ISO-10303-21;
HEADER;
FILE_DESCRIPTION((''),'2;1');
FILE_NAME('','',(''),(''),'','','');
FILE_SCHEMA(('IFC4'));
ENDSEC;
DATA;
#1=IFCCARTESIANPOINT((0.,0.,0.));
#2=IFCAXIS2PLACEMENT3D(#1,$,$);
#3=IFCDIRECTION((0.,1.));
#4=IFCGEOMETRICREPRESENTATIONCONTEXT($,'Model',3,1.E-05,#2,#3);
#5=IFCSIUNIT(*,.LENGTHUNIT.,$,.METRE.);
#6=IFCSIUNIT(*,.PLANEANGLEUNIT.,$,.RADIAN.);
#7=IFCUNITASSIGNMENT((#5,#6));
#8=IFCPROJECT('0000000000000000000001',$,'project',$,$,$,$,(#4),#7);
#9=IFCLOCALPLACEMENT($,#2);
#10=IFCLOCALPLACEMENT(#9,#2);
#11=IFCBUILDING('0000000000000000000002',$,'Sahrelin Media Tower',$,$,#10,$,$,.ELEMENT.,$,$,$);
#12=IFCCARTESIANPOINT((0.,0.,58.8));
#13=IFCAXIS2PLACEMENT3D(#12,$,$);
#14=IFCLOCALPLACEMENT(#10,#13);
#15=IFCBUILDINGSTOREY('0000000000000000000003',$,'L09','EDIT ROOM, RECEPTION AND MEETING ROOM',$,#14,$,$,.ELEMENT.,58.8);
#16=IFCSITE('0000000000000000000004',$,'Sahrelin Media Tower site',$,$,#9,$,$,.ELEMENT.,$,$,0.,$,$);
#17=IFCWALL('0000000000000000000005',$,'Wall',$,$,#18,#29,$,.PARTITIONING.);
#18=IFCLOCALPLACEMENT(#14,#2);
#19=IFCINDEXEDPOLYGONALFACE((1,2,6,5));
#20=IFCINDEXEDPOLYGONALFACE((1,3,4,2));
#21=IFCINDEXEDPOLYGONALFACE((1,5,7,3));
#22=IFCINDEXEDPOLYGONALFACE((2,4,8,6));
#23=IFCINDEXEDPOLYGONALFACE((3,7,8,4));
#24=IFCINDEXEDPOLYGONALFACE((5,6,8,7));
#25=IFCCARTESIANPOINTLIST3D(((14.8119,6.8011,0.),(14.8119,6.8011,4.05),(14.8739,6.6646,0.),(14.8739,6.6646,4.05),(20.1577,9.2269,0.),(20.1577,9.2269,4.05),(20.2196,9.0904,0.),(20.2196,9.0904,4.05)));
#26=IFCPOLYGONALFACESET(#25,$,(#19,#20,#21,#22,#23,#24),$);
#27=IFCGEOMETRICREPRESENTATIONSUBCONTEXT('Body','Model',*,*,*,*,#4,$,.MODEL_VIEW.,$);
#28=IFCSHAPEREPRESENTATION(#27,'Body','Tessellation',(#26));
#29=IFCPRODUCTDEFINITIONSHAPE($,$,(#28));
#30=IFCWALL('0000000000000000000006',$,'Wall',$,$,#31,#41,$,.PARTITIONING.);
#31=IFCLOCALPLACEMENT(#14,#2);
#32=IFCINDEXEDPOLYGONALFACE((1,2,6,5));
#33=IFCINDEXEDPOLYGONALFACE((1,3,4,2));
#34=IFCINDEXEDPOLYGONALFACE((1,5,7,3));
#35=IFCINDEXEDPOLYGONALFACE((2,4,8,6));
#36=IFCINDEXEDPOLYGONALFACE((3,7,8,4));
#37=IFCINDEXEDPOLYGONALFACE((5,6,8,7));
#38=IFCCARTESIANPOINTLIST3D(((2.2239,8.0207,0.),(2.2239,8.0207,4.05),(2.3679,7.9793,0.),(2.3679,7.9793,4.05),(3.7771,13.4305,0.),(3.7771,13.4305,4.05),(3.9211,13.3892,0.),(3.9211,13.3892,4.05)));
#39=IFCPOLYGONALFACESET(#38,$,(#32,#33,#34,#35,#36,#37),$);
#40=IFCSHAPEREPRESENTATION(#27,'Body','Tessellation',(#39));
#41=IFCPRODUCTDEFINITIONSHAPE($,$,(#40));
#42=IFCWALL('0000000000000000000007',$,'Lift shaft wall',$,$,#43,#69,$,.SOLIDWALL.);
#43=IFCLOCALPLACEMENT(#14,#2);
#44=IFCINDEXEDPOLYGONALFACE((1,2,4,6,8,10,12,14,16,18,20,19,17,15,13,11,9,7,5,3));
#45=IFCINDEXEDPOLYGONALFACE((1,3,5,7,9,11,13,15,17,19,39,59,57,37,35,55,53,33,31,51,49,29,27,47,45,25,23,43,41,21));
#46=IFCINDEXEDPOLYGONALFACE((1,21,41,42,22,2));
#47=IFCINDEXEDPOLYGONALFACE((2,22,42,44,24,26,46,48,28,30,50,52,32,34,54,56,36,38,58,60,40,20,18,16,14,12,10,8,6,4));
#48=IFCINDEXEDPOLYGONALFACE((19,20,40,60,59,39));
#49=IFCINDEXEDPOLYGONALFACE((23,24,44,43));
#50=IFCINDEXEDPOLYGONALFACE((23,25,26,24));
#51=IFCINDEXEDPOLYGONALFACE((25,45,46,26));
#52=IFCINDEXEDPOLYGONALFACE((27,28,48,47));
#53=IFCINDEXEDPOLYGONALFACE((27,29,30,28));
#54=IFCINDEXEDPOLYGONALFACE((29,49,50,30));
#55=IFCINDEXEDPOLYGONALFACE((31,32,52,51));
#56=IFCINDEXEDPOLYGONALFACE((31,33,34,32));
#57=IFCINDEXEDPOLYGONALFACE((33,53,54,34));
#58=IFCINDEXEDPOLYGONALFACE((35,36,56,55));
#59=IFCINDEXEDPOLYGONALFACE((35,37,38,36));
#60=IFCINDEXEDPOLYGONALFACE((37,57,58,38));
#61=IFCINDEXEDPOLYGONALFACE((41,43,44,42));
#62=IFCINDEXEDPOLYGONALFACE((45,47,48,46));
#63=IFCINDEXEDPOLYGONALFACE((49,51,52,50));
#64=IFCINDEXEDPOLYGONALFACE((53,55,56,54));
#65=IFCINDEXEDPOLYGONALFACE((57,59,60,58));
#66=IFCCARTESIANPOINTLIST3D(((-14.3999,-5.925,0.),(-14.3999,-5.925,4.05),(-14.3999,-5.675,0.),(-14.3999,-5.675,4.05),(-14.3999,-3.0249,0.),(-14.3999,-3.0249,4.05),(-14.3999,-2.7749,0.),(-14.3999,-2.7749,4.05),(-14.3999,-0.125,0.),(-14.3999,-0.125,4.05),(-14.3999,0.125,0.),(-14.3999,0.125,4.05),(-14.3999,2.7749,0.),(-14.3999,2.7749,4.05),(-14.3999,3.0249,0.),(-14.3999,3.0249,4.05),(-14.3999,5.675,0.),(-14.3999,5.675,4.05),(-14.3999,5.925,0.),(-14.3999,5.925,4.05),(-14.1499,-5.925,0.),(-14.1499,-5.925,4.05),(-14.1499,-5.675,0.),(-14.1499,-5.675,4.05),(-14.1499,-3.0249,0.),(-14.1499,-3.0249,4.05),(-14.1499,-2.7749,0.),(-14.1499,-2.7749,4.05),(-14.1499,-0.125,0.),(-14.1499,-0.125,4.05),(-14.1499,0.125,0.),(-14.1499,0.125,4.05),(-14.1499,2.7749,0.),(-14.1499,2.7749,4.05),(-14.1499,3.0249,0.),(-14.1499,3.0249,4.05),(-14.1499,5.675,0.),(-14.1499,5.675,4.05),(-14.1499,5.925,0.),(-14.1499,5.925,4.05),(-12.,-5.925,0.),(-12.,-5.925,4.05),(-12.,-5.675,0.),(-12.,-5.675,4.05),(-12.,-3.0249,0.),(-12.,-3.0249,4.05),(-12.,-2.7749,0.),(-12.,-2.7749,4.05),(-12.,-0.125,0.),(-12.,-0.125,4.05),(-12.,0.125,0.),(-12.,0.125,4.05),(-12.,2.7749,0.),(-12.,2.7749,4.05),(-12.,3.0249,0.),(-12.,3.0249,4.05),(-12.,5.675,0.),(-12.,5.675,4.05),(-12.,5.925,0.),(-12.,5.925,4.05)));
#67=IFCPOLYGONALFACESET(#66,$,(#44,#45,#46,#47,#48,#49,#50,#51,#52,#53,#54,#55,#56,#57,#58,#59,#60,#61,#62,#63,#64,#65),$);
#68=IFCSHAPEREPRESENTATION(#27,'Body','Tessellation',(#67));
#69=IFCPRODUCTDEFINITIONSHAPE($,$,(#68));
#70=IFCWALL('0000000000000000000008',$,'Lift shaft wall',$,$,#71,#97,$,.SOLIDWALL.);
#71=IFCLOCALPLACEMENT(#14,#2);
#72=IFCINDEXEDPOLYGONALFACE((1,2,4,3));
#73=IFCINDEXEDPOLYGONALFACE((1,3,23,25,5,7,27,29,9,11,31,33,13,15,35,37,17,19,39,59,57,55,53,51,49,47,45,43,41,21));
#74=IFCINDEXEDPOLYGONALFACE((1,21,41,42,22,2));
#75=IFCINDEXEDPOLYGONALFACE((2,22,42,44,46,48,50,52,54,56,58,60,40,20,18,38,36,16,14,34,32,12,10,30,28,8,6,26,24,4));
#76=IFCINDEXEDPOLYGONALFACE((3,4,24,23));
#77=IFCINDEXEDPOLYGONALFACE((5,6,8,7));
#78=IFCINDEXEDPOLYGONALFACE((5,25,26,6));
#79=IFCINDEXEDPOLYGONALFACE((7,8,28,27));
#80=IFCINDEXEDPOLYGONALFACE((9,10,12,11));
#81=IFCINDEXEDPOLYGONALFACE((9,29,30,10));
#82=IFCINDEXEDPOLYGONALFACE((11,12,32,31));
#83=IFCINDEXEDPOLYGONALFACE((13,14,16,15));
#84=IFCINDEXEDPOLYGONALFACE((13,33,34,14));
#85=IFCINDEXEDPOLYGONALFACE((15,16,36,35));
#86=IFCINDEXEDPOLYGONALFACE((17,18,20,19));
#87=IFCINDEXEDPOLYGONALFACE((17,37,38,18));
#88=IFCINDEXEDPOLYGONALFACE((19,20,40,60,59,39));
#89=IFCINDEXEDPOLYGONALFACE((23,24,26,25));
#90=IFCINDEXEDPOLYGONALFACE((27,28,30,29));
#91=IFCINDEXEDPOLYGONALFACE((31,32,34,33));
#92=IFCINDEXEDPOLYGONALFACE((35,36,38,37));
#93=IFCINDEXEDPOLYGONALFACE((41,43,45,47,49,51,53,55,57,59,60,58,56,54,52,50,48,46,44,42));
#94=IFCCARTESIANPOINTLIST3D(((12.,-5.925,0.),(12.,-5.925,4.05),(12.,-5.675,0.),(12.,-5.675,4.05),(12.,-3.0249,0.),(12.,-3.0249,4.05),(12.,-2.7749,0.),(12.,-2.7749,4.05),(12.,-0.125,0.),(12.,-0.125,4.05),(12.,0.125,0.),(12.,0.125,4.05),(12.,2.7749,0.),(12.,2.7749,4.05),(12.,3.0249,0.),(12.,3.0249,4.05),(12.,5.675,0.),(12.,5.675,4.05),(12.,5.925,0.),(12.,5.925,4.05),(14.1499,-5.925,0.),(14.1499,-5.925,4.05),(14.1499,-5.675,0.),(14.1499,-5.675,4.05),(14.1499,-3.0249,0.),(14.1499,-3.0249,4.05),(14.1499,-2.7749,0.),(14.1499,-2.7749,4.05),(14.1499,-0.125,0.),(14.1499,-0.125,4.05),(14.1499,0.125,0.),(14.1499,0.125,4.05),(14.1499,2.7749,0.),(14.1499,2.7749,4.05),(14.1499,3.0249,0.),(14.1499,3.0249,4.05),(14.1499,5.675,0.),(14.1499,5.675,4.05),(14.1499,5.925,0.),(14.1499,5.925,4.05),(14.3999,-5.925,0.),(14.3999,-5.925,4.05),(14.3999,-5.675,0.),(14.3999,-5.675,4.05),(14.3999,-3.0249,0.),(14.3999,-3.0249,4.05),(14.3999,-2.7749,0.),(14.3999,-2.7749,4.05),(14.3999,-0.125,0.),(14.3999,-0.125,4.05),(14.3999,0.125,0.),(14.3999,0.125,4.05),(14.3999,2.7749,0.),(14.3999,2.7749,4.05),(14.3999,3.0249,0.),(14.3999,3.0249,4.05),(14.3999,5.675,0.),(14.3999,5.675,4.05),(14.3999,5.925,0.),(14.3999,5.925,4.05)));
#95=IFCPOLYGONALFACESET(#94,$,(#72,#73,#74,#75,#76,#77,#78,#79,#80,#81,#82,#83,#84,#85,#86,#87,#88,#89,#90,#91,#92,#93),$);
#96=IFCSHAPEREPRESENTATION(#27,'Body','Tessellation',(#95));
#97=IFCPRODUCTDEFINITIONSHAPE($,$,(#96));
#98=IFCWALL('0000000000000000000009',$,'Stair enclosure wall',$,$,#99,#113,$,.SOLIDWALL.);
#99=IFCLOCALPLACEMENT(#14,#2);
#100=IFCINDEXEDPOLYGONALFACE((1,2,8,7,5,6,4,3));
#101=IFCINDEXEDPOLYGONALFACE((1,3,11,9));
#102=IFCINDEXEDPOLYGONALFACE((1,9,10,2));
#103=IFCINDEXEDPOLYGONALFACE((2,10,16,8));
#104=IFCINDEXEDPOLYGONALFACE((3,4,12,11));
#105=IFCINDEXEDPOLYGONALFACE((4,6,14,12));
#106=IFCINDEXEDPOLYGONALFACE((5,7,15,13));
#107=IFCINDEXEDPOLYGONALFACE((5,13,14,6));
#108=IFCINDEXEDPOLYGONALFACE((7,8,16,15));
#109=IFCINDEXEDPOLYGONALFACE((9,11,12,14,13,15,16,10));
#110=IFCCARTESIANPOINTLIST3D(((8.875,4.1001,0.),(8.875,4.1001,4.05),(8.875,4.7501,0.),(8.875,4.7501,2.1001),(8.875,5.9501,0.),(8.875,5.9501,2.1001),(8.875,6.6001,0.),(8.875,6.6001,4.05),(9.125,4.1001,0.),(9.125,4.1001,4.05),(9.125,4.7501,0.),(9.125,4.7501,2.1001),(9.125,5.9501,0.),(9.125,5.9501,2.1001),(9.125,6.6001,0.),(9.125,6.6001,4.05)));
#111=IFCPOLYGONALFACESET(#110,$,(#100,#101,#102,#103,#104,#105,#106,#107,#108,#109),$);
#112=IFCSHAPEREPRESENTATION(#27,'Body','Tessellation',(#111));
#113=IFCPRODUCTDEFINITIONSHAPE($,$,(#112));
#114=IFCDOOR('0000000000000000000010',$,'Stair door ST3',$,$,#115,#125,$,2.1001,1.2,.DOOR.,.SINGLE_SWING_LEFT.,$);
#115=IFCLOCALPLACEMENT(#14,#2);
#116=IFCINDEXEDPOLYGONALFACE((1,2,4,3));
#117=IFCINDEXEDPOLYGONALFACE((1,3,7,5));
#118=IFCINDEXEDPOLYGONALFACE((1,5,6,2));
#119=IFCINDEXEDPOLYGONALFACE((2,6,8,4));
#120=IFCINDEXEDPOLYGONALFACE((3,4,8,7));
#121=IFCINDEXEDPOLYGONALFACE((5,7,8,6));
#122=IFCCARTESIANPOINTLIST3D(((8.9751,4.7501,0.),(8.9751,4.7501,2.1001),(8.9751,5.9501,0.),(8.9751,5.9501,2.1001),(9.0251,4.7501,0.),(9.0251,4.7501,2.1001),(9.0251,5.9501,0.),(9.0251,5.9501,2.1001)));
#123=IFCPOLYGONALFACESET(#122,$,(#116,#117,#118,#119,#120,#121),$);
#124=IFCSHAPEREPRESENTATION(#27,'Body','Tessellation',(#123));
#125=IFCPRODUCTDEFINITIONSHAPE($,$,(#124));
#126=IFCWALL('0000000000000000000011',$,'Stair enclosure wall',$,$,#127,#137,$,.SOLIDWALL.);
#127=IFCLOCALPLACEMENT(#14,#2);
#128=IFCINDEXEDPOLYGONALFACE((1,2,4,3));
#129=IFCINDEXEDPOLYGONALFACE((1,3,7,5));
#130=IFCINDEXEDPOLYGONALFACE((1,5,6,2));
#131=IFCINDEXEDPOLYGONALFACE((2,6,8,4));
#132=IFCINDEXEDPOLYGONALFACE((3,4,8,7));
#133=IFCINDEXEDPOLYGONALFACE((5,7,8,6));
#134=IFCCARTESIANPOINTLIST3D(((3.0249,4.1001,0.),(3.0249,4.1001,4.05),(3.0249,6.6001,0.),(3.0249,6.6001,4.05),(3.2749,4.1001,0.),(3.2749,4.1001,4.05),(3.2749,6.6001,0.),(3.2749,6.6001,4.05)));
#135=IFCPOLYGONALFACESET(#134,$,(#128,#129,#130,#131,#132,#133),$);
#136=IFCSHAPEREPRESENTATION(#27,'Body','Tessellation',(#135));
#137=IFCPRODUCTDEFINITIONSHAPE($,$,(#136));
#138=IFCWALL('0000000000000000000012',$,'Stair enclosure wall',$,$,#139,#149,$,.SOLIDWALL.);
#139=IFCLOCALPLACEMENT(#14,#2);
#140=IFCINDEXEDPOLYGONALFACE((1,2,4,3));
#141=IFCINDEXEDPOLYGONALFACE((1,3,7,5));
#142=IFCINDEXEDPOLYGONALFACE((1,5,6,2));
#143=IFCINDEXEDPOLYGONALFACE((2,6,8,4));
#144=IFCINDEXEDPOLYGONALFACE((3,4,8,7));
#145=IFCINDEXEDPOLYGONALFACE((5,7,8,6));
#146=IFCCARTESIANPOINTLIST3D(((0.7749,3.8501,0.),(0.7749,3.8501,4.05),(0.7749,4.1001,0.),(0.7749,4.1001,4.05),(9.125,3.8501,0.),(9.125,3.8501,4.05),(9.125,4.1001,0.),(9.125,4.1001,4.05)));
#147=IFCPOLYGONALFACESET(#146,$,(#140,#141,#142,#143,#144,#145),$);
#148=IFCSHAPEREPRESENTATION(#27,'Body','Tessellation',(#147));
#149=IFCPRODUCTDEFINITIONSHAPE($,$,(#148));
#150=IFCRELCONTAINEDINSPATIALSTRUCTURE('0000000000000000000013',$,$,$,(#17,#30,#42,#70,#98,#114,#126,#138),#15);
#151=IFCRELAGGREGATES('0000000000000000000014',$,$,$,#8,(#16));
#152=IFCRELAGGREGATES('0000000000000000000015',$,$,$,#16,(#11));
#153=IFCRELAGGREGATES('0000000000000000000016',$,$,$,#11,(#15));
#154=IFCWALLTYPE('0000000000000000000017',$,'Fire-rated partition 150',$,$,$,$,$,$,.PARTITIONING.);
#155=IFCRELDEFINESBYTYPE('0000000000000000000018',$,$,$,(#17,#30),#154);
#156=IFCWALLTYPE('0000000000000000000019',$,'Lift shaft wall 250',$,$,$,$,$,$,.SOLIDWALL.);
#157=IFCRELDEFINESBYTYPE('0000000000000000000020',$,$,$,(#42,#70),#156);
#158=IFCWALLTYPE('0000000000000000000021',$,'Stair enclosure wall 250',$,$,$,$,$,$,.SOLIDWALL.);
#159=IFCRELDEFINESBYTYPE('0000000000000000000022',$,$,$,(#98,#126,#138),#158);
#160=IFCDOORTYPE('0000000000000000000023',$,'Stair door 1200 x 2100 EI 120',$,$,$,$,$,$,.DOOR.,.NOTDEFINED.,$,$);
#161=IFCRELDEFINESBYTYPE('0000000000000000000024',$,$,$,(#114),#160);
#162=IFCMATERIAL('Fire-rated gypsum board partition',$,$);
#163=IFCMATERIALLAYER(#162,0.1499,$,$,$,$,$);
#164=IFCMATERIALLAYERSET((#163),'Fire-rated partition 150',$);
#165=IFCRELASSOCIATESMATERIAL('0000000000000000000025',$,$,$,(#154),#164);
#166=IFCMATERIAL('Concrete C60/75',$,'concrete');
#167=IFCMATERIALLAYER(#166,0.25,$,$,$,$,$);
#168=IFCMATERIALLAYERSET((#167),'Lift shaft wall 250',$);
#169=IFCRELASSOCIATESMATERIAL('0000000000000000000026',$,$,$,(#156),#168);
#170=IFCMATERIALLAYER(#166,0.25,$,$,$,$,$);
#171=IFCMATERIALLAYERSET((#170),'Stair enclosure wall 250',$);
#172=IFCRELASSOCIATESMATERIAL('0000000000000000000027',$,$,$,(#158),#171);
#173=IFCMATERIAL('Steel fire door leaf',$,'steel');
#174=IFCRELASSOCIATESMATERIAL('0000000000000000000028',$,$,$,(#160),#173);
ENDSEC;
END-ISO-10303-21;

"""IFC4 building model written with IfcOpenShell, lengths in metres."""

from ifc_helpers import new_model, si_unit, direction, frame, frame_2d, origin, place, context, subcontext, project, spatial, polyline, rectangle, outline, extrude, material, layer, layer_set, type_object, element, fill, save


model = new_model("IFC4")

# Units and contexts
model_context = context("Model", 3, precision=1e-05, world=origin(), true_north=direction((0.0, 1.0)))
body_context = subcontext(model_context, "Body", "Model", "MODEL_VIEW")
ifc_project = project(units=[si_unit("LENGTHUNIT", "METRE"), si_unit("PLANEANGLEUNIT", "RADIAN")], contexts=[model_context])

# Site, building, storey
site_placement = place(None, origin())
site = spatial("IfcSite", under=ifc_project, at=site_placement, Name="Sahrelin Media Tower site", CompositionType="ELEMENT", RefElevation=0.0)
building_placement = place(site_placement, origin())
building = spatial("IfcBuilding", under=site, at=building_placement, Name="Sahrelin Media Tower", CompositionType="ELEMENT")
storey_placement = place(building_placement, frame((0.0, 0.0, 58.8)))
storey = spatial("IfcBuildingStorey", under=building, at=storey_placement, Name="L09", Description="EDIT ROOM, RECEPTION AND MEETING ROOM", CompositionType="ELEMENT", Elevation=58.8)

# Shared definitions
ifc_material_1 = material(Name="Fire-rated gypsum board partition")
ifc_material_2 = material(Name="Steel fire door leaf", Category="steel")

# Walls
ifc_layer_1 = layer(ifc_material_1, 0.1499)
ifc_layer_set_1 = layer_set([ifc_layer_1], Name="Fire-rated partition 150")
wall_type_1 = type_object("IfcWallType", Name="Fire-rated partition 150", PredefinedType="PARTITIONING", material=ifc_layer_set_1)
wall_1_placement = place(storey_placement, frame((14.843, 6.7329, 0.0), z_axis=(0.0, 0.0, 1.0), x_axis=(0.910628, 0.413226, 0.0)))
element("IfcWall", 1, at=wall_1_placement, inside=storey, type_object=wall_type_1, Name="Wall", PredefinedType="PARTITIONING", context=body_context, shape_type="SweptSolid", body=[
    extrude(rectangle(XDim=5.8704, YDim=0.1499, at=frame_2d((2.9351, 0.0))), origin(), (0.0, 0.0, 1.0), 4.05),
])
wall_2_placement = place(storey_placement, frame((2.2959, 8.0, 0.0), z_axis=(0.0, 0.0, 1.0), x_axis=(0.275958, 0.96117, 0.0)))
element("IfcWall", 2, at=wall_2_placement, inside=storey, type_object=wall_type_1, Name="Wall", PredefinedType="PARTITIONING", context=body_context, shape_type="SweptSolid", body=[
    extrude(rectangle(XDim=5.6284, YDim=0.1499, at=frame_2d((2.8142, 0.0))), origin(), (0.0, 0.0, 1.0), 4.05),
])
ifc_material_3 = material(Name="Concrete C60/75", Category="concrete")
ifc_layer_2 = layer(ifc_material_3, 0.25)
ifc_layer_set_2 = layer_set([ifc_layer_2], Name="Lift shaft wall 250")
wall_type_2 = type_object("IfcWallType", Name="Lift shaft wall 250", PredefinedType="SOLIDWALL", material=ifc_layer_set_2)
placement = place(storey_placement, origin())
element("IfcWall", 3, at=placement, inside=storey, type_object=wall_type_2, Name="Lift shaft wall", PredefinedType="SOLIDWALL", context=body_context, shape_type="SweptSolid", body=[
    extrude(outline(polyline([(-12.0, -5.925), (-12.0, -5.675), (-14.1499, -5.675), (-14.1499, -3.0249), (-12.0, -3.0249), (-12.0, -2.7749), (-14.1499, -2.7749), (-14.1499, -0.125), (-12.0, -0.125), (-12.0, 0.125), (-14.1499, 0.125), (-14.1499, 2.7749), (-12.0, 2.7749), (-12.0, 3.0249), (-14.1499, 3.0249), (-14.1499, 5.675), (-12.0, 5.675), (-12.0, 5.925), (-14.1499, 5.925), (-14.3999, 5.925), (-14.3999, 5.675), (-14.3999, 3.0249), (-14.3999, 2.7749), (-14.3999, 0.125), (-14.3999, -0.125), (-14.3999, -2.7749), (-14.3999, -3.0249), (-14.3999, -5.675), (-14.3999, -5.925), (-14.1499, -5.925), (-12.0, -5.925)])), origin(), (0.0, 0.0, 1.0), 4.05),
])
element("IfcWall", 4, at=placement, inside=storey, type_object=wall_type_2, Name="Lift shaft wall", PredefinedType="SOLIDWALL", context=body_context, shape_type="SweptSolid", body=[
    extrude(outline(polyline([(12.0, -5.675), (12.0, -5.925), (14.1499, -5.925), (14.3999, -5.925), (14.3999, -5.675), (14.3999, -3.0249), (14.3999, -2.7749), (14.3999, -0.125), (14.3999, 0.125), (14.3999, 2.7749), (14.3999, 3.0249), (14.3999, 5.675), (14.3999, 5.925), (14.1499, 5.925), (12.0, 5.925), (12.0, 5.675), (14.1499, 5.675), (14.1499, 3.0249), (12.0, 3.0249), (12.0, 2.7749), (14.1499, 2.7749), (14.1499, 0.125), (12.0, 0.125), (12.0, -0.125), (14.1499, -0.125), (14.1499, -2.7749), (12.0, -2.7749), (12.0, -3.0249), (14.1499, -3.0249), (14.1499, -5.675), (12.0, -5.675)])), origin(), (0.0, 0.0, 1.0), 4.05),
])

# Wall, opening, door
ifc_layer_3 = layer(ifc_material_3, 0.25)
ifc_layer_set_3 = layer_set([ifc_layer_3], Name="Stair enclosure wall 250")
wall_type_3 = type_object("IfcWallType", Name="Stair enclosure wall 250", PredefinedType="SOLIDWALL", material=ifc_layer_set_3)
wall_3_placement = place(storey_placement, frame((9.0, 4.1001, 0.0), z_axis=(0.0, 0.0, 1.0), x_axis=(0.0, 1.0, 0.0)))
wall_3 = element("IfcWall", 5, at=wall_3_placement, inside=storey, type_object=wall_type_3, Name="Stair enclosure wall", PredefinedType="SOLIDWALL", context=body_context, shape_type="SweptSolid", body=[
    extrude(rectangle(XDim=2.5, YDim=0.25, at=frame_2d((1.25, 0.0))), origin(), (0.0, 0.0, 1.0), 4.05),
])
opening_1_placement = place(wall_3_placement, frame((0.6499, 0.0, 0.0)))
opening_1 = element("IfcOpeningElement", 6, at=opening_1_placement, cuts=wall_3, PredefinedType="OPENING", context=body_context, shape_type="SweptSolid", body=[
    extrude(rectangle(XDim=1.2, YDim=2.1001, at=frame_2d((0.6001, 1.05))), frame((0.0, 0.125, 0.0), z_axis=(0.0, -1.0, 0.0), x_axis=(1.0, 0.0, 0.0)), (0.0, 0.0, 1.0), 0.25),
])
door_type_1 = type_object("IfcDoorType", Name="Stair door 1200 x 2100 EI 120", OperationType="NOTDEFINED", PredefinedType="DOOR", material=ifc_material_2)
door_1_placement = place(opening_1_placement, origin())
door_1 = element("IfcDoor", 7, at=door_1_placement, inside=storey, type_object=door_type_1, Name="Stair door ST3", OperationType="SINGLE_SWING_LEFT", OverallHeight=2.1001, OverallWidth=1.2, PredefinedType="DOOR", context=body_context, shape_type="SweptSolid", body=[
    extrude(rectangle(XDim=1.2, YDim=2.1001, at=frame_2d((0.6001, 1.05))), frame((0.0, 0.0249, 0.0), z_axis=(0.0, -1.0, 0.0), x_axis=(1.0, 0.0, 0.0)), (0.0, 0.0, 1.0), 0.05),
])
fill(opening_1, door_1)

# Walls
wall_4_placement = place(storey_placement, frame((3.1499, 4.1001, 0.0), z_axis=(0.0, 0.0, 1.0), x_axis=(0.0, 1.0, 0.0)))
element("IfcWall", 8, at=wall_4_placement, inside=storey, type_object=wall_type_3, Name="Stair enclosure wall", PredefinedType="SOLIDWALL", context=body_context, shape_type="SweptSolid", body=[
    extrude(rectangle(XDim=2.5, YDim=0.25, at=frame_2d((1.25, 0.0))), origin(), (0.0, 0.0, 1.0), 4.05),
])
wall_5_placement = place(storey_placement, frame((0.7749, 3.9751, 0.0), z_axis=(0.0, 0.0, 1.0), x_axis=(1.0, 0.0, 0.0)))
element("IfcWall", 9, at=wall_5_placement, inside=storey, type_object=wall_type_3, Name="Stair enclosure wall", PredefinedType="SOLIDWALL", context=body_context, shape_type="SweptSolid", body=[
    extrude(rectangle(XDim=8.3501, YDim=0.25, at=frame_2d((4.175, 0.0))), origin(), (0.0, 0.0, 1.0), 4.05),
])

save(model, "model.ifc")
